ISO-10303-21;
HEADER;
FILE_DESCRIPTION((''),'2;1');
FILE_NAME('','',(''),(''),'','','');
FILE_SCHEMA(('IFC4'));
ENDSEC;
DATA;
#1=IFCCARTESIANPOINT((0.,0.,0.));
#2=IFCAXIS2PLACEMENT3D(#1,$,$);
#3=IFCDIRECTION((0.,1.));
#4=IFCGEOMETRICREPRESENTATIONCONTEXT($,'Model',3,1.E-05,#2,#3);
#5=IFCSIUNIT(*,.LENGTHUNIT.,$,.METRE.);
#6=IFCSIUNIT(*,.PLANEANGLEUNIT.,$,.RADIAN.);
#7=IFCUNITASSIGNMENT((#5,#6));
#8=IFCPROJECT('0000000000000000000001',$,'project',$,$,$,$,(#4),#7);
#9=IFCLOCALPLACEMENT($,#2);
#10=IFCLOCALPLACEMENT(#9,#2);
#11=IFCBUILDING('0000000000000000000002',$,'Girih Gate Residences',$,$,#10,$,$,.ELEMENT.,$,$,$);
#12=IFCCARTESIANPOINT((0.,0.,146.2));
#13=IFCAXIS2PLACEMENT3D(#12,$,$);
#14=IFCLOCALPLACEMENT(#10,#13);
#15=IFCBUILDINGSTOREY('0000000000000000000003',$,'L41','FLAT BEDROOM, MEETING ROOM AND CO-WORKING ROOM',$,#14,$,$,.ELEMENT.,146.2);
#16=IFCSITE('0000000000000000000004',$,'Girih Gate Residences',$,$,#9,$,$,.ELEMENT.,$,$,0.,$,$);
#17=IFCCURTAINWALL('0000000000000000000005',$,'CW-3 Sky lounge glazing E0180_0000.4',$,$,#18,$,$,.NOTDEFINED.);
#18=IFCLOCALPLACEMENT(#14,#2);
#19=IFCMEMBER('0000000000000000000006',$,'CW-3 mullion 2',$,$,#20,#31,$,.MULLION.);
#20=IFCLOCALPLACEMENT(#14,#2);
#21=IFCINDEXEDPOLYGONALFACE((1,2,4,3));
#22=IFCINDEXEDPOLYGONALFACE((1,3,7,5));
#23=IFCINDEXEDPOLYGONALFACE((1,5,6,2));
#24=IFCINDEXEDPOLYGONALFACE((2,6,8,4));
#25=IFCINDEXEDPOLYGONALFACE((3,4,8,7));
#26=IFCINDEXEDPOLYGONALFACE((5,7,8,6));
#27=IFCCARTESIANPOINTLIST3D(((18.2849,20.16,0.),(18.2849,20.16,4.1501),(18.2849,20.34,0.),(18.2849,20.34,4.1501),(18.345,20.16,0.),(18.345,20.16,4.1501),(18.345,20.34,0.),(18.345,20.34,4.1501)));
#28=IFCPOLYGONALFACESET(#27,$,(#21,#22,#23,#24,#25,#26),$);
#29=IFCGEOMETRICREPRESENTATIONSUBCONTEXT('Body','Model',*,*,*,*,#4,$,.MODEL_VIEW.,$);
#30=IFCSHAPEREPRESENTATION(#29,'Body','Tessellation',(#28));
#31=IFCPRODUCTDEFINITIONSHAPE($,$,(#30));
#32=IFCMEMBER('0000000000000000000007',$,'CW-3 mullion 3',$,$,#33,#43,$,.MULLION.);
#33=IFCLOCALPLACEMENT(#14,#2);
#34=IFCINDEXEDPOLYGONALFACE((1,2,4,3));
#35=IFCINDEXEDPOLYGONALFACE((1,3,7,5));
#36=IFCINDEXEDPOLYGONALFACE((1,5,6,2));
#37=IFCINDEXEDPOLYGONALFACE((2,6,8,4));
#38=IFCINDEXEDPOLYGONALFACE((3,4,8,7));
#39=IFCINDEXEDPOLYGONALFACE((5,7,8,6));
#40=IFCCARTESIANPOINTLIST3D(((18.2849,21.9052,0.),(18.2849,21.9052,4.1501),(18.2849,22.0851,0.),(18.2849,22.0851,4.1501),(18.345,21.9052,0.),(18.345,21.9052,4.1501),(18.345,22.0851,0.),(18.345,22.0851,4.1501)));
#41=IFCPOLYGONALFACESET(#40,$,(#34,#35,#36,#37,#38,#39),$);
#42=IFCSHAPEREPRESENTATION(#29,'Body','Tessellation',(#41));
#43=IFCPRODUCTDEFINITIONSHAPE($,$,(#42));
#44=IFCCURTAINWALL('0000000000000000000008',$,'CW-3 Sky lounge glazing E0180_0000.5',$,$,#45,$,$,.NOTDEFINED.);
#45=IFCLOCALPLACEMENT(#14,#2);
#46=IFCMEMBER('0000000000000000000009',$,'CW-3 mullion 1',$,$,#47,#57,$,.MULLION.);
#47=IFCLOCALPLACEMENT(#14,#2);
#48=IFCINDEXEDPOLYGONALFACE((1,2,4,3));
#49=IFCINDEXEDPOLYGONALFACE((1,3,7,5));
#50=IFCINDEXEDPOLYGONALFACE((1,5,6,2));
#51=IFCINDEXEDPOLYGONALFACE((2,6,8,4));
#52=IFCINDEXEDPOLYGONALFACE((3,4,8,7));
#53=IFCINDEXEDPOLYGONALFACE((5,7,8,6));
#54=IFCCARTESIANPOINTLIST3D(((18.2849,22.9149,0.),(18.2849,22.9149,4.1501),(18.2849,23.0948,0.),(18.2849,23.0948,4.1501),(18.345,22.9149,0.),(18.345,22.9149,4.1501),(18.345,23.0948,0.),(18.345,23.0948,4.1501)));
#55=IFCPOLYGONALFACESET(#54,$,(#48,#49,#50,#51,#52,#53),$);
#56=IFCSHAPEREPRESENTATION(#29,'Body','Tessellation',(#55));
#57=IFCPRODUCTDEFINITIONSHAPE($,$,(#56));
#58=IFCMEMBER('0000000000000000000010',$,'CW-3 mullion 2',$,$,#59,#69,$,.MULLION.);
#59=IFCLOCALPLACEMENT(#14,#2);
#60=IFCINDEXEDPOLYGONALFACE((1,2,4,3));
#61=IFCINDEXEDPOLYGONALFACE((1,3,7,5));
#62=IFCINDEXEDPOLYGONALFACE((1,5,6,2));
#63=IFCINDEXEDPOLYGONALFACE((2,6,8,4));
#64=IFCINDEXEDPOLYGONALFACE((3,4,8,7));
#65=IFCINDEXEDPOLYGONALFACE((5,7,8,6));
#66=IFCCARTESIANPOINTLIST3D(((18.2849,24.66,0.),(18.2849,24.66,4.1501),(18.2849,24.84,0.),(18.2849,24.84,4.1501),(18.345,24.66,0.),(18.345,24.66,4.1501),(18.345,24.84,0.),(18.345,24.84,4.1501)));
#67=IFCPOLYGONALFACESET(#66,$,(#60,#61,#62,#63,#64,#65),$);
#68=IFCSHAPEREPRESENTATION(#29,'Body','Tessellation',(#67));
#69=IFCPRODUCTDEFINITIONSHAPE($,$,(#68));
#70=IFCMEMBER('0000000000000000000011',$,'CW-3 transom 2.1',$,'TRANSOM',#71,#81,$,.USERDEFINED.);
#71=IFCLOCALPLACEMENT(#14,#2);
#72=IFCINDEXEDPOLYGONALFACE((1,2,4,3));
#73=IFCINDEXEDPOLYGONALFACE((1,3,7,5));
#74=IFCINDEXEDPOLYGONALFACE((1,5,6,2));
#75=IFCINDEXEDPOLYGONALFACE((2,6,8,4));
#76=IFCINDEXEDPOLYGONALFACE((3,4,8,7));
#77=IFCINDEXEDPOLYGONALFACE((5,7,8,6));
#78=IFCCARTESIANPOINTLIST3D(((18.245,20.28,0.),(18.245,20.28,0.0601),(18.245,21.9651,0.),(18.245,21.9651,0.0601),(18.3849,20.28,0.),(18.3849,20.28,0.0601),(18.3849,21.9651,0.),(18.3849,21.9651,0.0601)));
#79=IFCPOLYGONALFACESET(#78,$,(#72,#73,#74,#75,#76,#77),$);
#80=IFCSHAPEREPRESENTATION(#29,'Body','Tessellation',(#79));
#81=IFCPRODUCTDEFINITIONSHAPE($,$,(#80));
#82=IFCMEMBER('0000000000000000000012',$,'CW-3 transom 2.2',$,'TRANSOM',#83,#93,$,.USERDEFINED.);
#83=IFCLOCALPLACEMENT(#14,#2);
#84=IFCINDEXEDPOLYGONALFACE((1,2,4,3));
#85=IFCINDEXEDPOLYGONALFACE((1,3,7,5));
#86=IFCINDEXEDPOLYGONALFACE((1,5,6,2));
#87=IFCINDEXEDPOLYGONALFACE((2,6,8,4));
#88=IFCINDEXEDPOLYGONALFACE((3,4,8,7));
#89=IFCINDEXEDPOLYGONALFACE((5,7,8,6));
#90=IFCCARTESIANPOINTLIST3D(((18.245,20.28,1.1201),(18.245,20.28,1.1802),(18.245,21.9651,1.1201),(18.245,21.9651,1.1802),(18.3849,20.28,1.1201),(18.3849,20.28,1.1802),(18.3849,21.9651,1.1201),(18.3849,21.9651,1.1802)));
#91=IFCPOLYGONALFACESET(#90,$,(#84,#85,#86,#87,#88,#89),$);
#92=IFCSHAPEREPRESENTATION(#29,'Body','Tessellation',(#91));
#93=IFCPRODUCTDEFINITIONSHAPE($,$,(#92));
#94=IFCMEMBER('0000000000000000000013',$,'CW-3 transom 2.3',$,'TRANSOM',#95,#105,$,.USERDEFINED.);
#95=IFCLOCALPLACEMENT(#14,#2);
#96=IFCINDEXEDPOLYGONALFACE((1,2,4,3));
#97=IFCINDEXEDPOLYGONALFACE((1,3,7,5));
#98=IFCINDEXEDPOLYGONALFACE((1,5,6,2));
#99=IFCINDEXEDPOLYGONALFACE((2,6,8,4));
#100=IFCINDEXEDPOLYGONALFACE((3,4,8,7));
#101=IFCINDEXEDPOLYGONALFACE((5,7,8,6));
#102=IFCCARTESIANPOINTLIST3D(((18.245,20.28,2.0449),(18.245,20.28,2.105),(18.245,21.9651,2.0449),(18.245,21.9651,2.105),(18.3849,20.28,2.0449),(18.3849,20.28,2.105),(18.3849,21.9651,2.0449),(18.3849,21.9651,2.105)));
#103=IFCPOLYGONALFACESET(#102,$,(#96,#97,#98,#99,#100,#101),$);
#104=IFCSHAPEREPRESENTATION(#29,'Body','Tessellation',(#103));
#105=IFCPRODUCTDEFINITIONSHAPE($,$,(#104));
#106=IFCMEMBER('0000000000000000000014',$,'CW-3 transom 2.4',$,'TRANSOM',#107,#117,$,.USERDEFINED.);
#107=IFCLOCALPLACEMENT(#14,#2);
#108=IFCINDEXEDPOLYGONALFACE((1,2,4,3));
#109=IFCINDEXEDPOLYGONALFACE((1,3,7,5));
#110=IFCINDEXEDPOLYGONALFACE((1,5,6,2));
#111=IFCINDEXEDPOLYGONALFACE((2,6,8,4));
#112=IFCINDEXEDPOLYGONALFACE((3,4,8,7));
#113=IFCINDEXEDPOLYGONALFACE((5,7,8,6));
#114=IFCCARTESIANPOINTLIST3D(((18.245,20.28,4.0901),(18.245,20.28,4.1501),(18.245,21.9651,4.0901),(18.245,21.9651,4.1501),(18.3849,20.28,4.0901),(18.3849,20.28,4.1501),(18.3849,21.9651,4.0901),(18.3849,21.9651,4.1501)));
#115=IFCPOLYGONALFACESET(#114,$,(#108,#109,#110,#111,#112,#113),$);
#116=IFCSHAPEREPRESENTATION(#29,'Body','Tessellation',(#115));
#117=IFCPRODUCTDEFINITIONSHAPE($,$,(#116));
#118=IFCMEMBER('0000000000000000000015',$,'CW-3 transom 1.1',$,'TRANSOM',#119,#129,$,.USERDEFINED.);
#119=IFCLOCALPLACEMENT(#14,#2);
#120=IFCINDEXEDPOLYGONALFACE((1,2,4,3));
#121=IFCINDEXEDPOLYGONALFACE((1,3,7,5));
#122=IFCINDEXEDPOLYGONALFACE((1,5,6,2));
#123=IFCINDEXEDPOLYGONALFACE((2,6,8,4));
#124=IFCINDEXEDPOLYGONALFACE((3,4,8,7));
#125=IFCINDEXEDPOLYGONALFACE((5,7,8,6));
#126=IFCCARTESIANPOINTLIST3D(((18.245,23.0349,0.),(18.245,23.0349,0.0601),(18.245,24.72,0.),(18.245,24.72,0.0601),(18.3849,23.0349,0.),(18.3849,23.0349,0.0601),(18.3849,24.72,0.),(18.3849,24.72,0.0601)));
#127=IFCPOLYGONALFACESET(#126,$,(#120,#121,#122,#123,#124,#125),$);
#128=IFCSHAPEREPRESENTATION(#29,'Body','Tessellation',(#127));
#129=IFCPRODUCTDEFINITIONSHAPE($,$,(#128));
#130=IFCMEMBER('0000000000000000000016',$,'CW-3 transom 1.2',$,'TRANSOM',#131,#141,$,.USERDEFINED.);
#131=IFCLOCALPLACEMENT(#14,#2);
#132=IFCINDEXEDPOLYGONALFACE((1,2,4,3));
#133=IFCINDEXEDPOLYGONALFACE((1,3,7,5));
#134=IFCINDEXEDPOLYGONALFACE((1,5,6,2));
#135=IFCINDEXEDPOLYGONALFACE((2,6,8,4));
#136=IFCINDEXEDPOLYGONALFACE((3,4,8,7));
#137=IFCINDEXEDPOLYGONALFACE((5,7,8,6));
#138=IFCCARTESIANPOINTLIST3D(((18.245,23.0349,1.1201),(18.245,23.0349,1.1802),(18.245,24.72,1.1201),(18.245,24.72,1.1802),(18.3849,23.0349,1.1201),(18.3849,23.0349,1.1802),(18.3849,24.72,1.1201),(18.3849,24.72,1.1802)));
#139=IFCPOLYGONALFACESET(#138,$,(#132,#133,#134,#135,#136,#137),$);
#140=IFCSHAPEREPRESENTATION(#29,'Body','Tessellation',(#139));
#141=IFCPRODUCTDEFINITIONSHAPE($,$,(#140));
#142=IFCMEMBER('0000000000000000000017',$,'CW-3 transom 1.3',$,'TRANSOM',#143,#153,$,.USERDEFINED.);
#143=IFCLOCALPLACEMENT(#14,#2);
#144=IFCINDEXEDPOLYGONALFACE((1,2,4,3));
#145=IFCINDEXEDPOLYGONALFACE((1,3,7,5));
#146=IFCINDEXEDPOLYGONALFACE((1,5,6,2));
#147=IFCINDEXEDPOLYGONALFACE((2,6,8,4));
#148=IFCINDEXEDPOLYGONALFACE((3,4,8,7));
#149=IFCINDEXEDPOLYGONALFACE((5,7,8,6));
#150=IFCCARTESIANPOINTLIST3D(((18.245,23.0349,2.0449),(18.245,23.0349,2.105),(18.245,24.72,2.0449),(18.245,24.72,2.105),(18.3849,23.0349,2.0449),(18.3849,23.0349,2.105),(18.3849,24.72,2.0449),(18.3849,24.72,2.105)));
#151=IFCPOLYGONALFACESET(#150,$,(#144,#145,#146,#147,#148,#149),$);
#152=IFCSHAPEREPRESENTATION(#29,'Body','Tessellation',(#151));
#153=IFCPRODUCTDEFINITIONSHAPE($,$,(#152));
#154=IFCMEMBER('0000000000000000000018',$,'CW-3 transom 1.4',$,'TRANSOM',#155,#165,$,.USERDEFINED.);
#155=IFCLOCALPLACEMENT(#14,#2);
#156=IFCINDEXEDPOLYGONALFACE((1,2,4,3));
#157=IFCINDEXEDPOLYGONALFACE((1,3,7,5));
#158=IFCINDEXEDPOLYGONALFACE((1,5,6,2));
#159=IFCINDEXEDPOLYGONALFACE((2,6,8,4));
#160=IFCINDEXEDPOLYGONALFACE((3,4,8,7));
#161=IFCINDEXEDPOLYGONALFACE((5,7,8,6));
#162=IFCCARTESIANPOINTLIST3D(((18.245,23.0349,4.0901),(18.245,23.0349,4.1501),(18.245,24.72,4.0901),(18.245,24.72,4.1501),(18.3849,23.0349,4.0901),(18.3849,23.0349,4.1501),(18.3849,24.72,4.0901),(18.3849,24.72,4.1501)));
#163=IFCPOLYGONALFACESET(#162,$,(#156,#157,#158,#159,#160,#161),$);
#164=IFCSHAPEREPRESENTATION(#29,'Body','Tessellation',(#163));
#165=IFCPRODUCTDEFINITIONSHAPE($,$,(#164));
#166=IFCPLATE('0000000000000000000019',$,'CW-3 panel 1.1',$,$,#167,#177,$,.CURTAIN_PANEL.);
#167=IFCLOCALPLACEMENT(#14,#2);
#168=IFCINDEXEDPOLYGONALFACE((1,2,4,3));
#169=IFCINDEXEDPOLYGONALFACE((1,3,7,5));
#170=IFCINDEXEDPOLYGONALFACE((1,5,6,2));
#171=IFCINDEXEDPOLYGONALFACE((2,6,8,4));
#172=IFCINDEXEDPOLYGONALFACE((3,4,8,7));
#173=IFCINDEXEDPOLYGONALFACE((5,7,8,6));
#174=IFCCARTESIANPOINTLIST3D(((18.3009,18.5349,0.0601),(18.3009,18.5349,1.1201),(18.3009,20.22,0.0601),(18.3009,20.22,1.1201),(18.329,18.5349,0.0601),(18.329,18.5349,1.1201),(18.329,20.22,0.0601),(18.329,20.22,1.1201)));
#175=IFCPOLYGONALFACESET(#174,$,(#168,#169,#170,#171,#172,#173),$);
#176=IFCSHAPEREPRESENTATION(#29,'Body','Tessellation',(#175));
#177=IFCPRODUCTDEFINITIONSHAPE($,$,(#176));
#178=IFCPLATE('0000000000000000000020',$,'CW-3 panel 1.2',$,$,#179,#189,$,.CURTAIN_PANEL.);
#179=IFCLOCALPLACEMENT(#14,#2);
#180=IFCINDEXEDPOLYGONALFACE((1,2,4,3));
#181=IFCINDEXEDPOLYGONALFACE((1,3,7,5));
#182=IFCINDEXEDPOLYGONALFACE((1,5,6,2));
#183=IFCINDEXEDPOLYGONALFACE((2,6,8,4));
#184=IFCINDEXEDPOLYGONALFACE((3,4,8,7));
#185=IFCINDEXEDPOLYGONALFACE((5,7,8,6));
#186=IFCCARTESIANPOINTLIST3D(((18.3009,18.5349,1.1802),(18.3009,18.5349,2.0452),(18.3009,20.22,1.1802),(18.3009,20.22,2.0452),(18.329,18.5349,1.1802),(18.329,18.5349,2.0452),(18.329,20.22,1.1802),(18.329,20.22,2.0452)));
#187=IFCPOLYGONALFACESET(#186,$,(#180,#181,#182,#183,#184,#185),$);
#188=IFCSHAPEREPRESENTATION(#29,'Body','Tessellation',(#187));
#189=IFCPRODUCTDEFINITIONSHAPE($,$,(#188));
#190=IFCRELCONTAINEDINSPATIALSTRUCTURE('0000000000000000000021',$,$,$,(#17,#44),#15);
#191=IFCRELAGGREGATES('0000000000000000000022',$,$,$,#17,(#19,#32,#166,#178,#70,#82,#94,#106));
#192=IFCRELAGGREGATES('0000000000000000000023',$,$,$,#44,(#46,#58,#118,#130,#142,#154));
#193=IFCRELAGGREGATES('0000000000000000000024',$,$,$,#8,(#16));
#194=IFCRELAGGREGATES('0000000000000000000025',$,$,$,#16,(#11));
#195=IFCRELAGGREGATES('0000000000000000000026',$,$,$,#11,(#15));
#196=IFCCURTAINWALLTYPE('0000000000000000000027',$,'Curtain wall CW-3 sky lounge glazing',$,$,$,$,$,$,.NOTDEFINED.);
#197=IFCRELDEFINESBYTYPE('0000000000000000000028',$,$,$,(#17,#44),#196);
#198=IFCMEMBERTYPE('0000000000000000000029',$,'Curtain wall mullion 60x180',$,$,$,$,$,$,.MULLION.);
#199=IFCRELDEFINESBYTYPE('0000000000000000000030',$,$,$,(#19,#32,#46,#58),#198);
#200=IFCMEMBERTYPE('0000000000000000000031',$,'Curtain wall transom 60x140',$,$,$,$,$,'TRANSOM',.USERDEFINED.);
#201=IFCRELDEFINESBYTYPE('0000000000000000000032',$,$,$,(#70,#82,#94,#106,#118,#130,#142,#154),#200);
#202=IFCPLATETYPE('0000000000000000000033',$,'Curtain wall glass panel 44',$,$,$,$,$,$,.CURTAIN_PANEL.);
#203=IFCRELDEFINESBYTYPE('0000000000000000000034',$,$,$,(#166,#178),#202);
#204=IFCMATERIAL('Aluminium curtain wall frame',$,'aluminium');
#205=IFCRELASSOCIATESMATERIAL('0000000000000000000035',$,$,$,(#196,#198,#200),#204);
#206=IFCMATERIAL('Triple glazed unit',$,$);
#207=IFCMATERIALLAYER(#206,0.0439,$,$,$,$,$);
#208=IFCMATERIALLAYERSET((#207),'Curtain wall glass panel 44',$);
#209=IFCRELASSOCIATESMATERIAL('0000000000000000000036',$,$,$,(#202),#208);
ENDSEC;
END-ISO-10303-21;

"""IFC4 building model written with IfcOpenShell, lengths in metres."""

from ifc_helpers import new_model, si_unit, direction, frame, origin, origin_2d, place, context, subcontext, project, spatial, rectangle, extrude, material, layer, layer_set, material_profile, profile_set, type_object, element, aggregate, save


model = new_model("IFC4")

# Units and contexts
model_context = context("Model", 3, precision=1e-05, world=origin(), true_north=direction((0.0, 1.0)))
body_context = subcontext(model_context, "Body", "Model", "MODEL_VIEW")
ifc_project = project(units=[si_unit("LENGTHUNIT", "METRE"), si_unit("PLANEANGLEUNIT", "RADIAN")], contexts=[model_context])

# Site, building, storey
site_placement = place(None, origin())
site = spatial("IfcSite", under=ifc_project, at=site_placement, Name="Girih Gate Residences", CompositionType="ELEMENT", RefElevation=0.0)
building_placement = place(site_placement, origin())
building = spatial("IfcBuilding", under=site, at=building_placement, Name="Girih Gate Residences", CompositionType="ELEMENT")
storey_placement = place(building_placement, frame((0.0, 0.0, 146.2)))
storey = spatial("IfcBuildingStorey", under=building, at=storey_placement, Name="L41", Description="FLAT BEDROOM, MEETING ROOM AND CO-WORKING ROOM", CompositionType="ELEMENT", Elevation=146.2)

# Curtain walls, members
ifc_material_1 = material(Name="Aluminium curtain wall frame", Category="aluminium")
curtain_wall_type = type_object("IfcCurtainWallType", Name="Curtain wall CW-3 sky lounge glazing", PredefinedType="NOTDEFINED", material=ifc_material_1)
curtain_wall_1_placement = place(storey_placement, origin())
curtain_wall_1 = element("IfcCurtainWall", 1, at=curtain_wall_1_placement, inside=storey, type_object=curtain_wall_type, Name="CW-3 Sky lounge glazing E0180_0000.4", PredefinedType="NOTDEFINED")
ifc_material_profile_1 = material_profile(ifc_material_1, rectangle(XDim=0.0601, YDim=0.1799, at=origin_2d()))
ifc_profile_set_1 = profile_set([ifc_material_profile_1], Name="Aluminium curtain wall frame")
member_type_1 = type_object("IfcMemberType", Name="Curtain wall mullion 60x180", PredefinedType="MULLION", material=ifc_profile_set_1)
member_1_placement = place(storey_placement, frame((18.3149, 20.25, 0.0), z_axis=(0.0, 0.0, 1.0), x_axis=(-1.0, 0.0, 0.0)))
member_1 = element("IfcMember", 2, at=member_1_placement, type_object=member_type_1, Name="CW-3 mullion 2", PredefinedType="MULLION", context=body_context, shape_type="SweptSolid", body=[
    extrude(rectangle(XDim=0.0601, YDim=0.1799, at=origin_2d()), origin(), (0.0, 0.0, 1.0), 4.1501),
])
member_2_placement = place(storey_placement, frame((18.3149, 21.9951, 0.0), z_axis=(0.0, 0.0, 1.0), x_axis=(-1.0, 0.0, 0.0)))
member_2 = element("IfcMember", 3, at=member_2_placement, type_object=member_type_1, Name="CW-3 mullion 3", PredefinedType="MULLION", context=body_context, shape_type="SweptSolid", body=[
    extrude(rectangle(XDim=0.0601, YDim=0.1799, at=origin_2d()), origin(), (0.0, 0.0, 1.0), 4.1501),
])
curtain_wall_2_placement = place(storey_placement, origin())
curtain_wall_2 = element("IfcCurtainWall", 4, at=curtain_wall_2_placement, inside=storey, type_object=curtain_wall_type, Name="CW-3 Sky lounge glazing E0180_0000.5", PredefinedType="NOTDEFINED")
member_3_placement = place(storey_placement, frame((18.3149, 23.0049, 0.0), z_axis=(0.0, 0.0, 1.0), x_axis=(-1.0, 0.0, 0.0)))
member_3 = element("IfcMember", 5, at=member_3_placement, type_object=member_type_1, Name="CW-3 mullion 1", PredefinedType="MULLION", context=body_context, shape_type="SweptSolid", body=[
    extrude(rectangle(XDim=0.0601, YDim=0.1799, at=origin_2d()), origin(), (0.0, 0.0, 1.0), 4.1501),
])
member_4_placement = place(storey_placement, frame((18.3149, 24.75, 0.0), z_axis=(0.0, 0.0, 1.0), x_axis=(-1.0, 0.0, 0.0)))
member_4 = element("IfcMember", 6, at=member_4_placement, type_object=member_type_1, Name="CW-3 mullion 2", PredefinedType="MULLION", context=body_context, shape_type="SweptSolid", body=[
    extrude(rectangle(XDim=0.0601, YDim=0.1799, at=origin_2d()), origin(), (0.0, 0.0, 1.0), 4.1501),
])

# Members
ifc_material_profile_2 = material_profile(ifc_material_1, rectangle(XDim=0.1399, YDim=0.0601, at=origin_2d()))
ifc_profile_set_2 = profile_set([ifc_material_profile_2], Name="Aluminium curtain wall frame")
member_type_2 = type_object("IfcMemberType", Name="Curtain wall transom 60x140", ElementType="TRANSOM", PredefinedType="USERDEFINED", material=ifc_profile_set_2)
member_5_placement = place(storey_placement, frame((18.3149, 20.28, 0.03), z_axis=(0.0, 1.0, 0.0), x_axis=(-1.0, 0.0, 0.0)))
member_5 = element("IfcMember", 7, at=member_5_placement, type_object=member_type_2, Name="CW-3 transom 2.1", ObjectType="TRANSOM", PredefinedType="USERDEFINED", context=body_context, shape_type="SweptSolid", body=[
    extrude(rectangle(XDim=0.1399, YDim=0.0601, at=origin_2d()), origin(), (0.0, 0.0, 1.0), 1.6851),
])
member_6_placement = place(storey_placement, frame((18.3149, 20.28, 1.1501), z_axis=(0.0, 1.0, 0.0), x_axis=(-1.0, 0.0, 0.0)))
member_6 = element("IfcMember", 8, at=member_6_placement, type_object=member_type_2, Name="CW-3 transom 2.2", ObjectType="TRANSOM", PredefinedType="USERDEFINED", context=body_context, shape_type="SweptSolid", body=[
    extrude(rectangle(XDim=0.1399, YDim=0.0601, at=origin_2d()), origin(), (0.0, 0.0, 1.0), 1.6851),
])
member_7_placement = place(storey_placement, frame((18.3149, 20.28, 2.075), z_axis=(0.0, 1.0, 0.0), x_axis=(-1.0, 0.0, 0.0)))
member_7 = element("IfcMember", 9, at=member_7_placement, type_object=member_type_2, Name="CW-3 transom 2.3", ObjectType="TRANSOM", PredefinedType="USERDEFINED", context=body_context, shape_type="SweptSolid", body=[
    extrude(rectangle(XDim=0.1399, YDim=0.0601, at=origin_2d()), origin(), (0.0, 0.0, 1.0), 1.6851),
])
member_8_placement = place(storey_placement, frame((18.3149, 20.28, 4.1201), z_axis=(0.0, 1.0, 0.0), x_axis=(-1.0, 0.0, 0.0)))
member_8 = element("IfcMember", 10, at=member_8_placement, type_object=member_type_2, Name="CW-3 transom 2.4", ObjectType="TRANSOM", PredefinedType="USERDEFINED", context=body_context, shape_type="SweptSolid", body=[
    extrude(rectangle(XDim=0.1399, YDim=0.0601, at=origin_2d()), origin(), (0.0, 0.0, 1.0), 1.6851),
])
member_9_placement = place(storey_placement, frame((18.3149, 23.0349, 0.03), z_axis=(0.0, 1.0, 0.0), x_axis=(-1.0, 0.0, 0.0)))
member_9 = element("IfcMember", 11, at=member_9_placement, type_object=member_type_2, Name="CW-3 transom 1.1", ObjectType="TRANSOM", PredefinedType="USERDEFINED", context=body_context, shape_type="SweptSolid", body=[
    extrude(rectangle(XDim=0.1399, YDim=0.0601, at=origin_2d()), origin(), (0.0, 0.0, 1.0), 1.6851),
])
member_10_placement = place(storey_placement, frame((18.3149, 23.0349, 1.1501), z_axis=(0.0, 1.0, 0.0), x_axis=(-1.0, 0.0, 0.0)))
member_10 = element("IfcMember", 12, at=member_10_placement, type_object=member_type_2, Name="CW-3 transom 1.2", ObjectType="TRANSOM", PredefinedType="USERDEFINED", context=body_context, shape_type="SweptSolid", body=[
    extrude(rectangle(XDim=0.1399, YDim=0.0601, at=origin_2d()), origin(), (0.0, 0.0, 1.0), 1.6851),
])
member_11_placement = place(storey_placement, frame((18.3149, 23.0349, 2.075), z_axis=(0.0, 1.0, 0.0), x_axis=(-1.0, 0.0, 0.0)))
member_11 = element("IfcMember", 13, at=member_11_placement, type_object=member_type_2, Name="CW-3 transom 1.3", ObjectType="TRANSOM", PredefinedType="USERDEFINED", context=body_context, shape_type="SweptSolid", body=[
    extrude(rectangle(XDim=0.1399, YDim=0.0601, at=origin_2d()), origin(), (0.0, 0.0, 1.0), 1.6851),
])
member_12_placement = place(storey_placement, frame((18.3149, 23.0349, 4.1201), z_axis=(0.0, 1.0, 0.0), x_axis=(-1.0, 0.0, 0.0)))
member_12 = element("IfcMember", 14, at=member_12_placement, type_object=member_type_2, Name="CW-3 transom 1.4", ObjectType="TRANSOM", PredefinedType="USERDEFINED", context=body_context, shape_type="SweptSolid", body=[
    extrude(rectangle(XDim=0.1399, YDim=0.0601, at=origin_2d()), origin(), (0.0, 0.0, 1.0), 1.6851),
])

# Plates
ifc_material_2 = material(Name="Triple glazed unit")
ifc_layer = layer(ifc_material_2, 0.0439)
ifc_layer_set = layer_set([ifc_layer], Name="Curtain wall glass panel 44")
plate_type = type_object("IfcPlateType", Name="Curtain wall glass panel 44", PredefinedType="CURTAIN_PANEL", material=ifc_layer_set)
plate_1_placement = place(storey_placement, frame((18.3149, 19.3774, 0.0601), z_axis=(0.0, 0.0, 1.0), x_axis=(0.0, 1.0, 0.0)))
plate_1 = element("IfcPlate", 15, at=plate_1_placement, type_object=plate_type, Name="CW-3 panel 1.1", PredefinedType="CURTAIN_PANEL", context=body_context, shape_type="SweptSolid", body=[
    extrude(rectangle(XDim=1.6851, YDim=0.0281, at=origin_2d()), origin(), (0.0, 0.0, 1.0), 1.0601),
])
plate_2_placement = place(storey_placement, frame((18.3149, 19.3774, 1.1802), z_axis=(0.0, 0.0, 1.0), x_axis=(0.0, 1.0, 0.0)))
plate_2 = element("IfcPlate", 16, at=plate_2_placement, type_object=plate_type, Name="CW-3 panel 1.2", PredefinedType="CURTAIN_PANEL", context=body_context, shape_type="SweptSolid", body=[
    extrude(rectangle(XDim=1.6851, YDim=0.0281, at=origin_2d()), origin(), (0.0, 0.0, 1.0), 0.865),
])
aggregate(curtain_wall_1, [member_1, member_2, plate_1, plate_2, member_5, member_6, member_7, member_8])
aggregate(curtain_wall_2, [member_3, member_4, member_9, member_10, member_11, member_12])

save(model, "model.ifc")
